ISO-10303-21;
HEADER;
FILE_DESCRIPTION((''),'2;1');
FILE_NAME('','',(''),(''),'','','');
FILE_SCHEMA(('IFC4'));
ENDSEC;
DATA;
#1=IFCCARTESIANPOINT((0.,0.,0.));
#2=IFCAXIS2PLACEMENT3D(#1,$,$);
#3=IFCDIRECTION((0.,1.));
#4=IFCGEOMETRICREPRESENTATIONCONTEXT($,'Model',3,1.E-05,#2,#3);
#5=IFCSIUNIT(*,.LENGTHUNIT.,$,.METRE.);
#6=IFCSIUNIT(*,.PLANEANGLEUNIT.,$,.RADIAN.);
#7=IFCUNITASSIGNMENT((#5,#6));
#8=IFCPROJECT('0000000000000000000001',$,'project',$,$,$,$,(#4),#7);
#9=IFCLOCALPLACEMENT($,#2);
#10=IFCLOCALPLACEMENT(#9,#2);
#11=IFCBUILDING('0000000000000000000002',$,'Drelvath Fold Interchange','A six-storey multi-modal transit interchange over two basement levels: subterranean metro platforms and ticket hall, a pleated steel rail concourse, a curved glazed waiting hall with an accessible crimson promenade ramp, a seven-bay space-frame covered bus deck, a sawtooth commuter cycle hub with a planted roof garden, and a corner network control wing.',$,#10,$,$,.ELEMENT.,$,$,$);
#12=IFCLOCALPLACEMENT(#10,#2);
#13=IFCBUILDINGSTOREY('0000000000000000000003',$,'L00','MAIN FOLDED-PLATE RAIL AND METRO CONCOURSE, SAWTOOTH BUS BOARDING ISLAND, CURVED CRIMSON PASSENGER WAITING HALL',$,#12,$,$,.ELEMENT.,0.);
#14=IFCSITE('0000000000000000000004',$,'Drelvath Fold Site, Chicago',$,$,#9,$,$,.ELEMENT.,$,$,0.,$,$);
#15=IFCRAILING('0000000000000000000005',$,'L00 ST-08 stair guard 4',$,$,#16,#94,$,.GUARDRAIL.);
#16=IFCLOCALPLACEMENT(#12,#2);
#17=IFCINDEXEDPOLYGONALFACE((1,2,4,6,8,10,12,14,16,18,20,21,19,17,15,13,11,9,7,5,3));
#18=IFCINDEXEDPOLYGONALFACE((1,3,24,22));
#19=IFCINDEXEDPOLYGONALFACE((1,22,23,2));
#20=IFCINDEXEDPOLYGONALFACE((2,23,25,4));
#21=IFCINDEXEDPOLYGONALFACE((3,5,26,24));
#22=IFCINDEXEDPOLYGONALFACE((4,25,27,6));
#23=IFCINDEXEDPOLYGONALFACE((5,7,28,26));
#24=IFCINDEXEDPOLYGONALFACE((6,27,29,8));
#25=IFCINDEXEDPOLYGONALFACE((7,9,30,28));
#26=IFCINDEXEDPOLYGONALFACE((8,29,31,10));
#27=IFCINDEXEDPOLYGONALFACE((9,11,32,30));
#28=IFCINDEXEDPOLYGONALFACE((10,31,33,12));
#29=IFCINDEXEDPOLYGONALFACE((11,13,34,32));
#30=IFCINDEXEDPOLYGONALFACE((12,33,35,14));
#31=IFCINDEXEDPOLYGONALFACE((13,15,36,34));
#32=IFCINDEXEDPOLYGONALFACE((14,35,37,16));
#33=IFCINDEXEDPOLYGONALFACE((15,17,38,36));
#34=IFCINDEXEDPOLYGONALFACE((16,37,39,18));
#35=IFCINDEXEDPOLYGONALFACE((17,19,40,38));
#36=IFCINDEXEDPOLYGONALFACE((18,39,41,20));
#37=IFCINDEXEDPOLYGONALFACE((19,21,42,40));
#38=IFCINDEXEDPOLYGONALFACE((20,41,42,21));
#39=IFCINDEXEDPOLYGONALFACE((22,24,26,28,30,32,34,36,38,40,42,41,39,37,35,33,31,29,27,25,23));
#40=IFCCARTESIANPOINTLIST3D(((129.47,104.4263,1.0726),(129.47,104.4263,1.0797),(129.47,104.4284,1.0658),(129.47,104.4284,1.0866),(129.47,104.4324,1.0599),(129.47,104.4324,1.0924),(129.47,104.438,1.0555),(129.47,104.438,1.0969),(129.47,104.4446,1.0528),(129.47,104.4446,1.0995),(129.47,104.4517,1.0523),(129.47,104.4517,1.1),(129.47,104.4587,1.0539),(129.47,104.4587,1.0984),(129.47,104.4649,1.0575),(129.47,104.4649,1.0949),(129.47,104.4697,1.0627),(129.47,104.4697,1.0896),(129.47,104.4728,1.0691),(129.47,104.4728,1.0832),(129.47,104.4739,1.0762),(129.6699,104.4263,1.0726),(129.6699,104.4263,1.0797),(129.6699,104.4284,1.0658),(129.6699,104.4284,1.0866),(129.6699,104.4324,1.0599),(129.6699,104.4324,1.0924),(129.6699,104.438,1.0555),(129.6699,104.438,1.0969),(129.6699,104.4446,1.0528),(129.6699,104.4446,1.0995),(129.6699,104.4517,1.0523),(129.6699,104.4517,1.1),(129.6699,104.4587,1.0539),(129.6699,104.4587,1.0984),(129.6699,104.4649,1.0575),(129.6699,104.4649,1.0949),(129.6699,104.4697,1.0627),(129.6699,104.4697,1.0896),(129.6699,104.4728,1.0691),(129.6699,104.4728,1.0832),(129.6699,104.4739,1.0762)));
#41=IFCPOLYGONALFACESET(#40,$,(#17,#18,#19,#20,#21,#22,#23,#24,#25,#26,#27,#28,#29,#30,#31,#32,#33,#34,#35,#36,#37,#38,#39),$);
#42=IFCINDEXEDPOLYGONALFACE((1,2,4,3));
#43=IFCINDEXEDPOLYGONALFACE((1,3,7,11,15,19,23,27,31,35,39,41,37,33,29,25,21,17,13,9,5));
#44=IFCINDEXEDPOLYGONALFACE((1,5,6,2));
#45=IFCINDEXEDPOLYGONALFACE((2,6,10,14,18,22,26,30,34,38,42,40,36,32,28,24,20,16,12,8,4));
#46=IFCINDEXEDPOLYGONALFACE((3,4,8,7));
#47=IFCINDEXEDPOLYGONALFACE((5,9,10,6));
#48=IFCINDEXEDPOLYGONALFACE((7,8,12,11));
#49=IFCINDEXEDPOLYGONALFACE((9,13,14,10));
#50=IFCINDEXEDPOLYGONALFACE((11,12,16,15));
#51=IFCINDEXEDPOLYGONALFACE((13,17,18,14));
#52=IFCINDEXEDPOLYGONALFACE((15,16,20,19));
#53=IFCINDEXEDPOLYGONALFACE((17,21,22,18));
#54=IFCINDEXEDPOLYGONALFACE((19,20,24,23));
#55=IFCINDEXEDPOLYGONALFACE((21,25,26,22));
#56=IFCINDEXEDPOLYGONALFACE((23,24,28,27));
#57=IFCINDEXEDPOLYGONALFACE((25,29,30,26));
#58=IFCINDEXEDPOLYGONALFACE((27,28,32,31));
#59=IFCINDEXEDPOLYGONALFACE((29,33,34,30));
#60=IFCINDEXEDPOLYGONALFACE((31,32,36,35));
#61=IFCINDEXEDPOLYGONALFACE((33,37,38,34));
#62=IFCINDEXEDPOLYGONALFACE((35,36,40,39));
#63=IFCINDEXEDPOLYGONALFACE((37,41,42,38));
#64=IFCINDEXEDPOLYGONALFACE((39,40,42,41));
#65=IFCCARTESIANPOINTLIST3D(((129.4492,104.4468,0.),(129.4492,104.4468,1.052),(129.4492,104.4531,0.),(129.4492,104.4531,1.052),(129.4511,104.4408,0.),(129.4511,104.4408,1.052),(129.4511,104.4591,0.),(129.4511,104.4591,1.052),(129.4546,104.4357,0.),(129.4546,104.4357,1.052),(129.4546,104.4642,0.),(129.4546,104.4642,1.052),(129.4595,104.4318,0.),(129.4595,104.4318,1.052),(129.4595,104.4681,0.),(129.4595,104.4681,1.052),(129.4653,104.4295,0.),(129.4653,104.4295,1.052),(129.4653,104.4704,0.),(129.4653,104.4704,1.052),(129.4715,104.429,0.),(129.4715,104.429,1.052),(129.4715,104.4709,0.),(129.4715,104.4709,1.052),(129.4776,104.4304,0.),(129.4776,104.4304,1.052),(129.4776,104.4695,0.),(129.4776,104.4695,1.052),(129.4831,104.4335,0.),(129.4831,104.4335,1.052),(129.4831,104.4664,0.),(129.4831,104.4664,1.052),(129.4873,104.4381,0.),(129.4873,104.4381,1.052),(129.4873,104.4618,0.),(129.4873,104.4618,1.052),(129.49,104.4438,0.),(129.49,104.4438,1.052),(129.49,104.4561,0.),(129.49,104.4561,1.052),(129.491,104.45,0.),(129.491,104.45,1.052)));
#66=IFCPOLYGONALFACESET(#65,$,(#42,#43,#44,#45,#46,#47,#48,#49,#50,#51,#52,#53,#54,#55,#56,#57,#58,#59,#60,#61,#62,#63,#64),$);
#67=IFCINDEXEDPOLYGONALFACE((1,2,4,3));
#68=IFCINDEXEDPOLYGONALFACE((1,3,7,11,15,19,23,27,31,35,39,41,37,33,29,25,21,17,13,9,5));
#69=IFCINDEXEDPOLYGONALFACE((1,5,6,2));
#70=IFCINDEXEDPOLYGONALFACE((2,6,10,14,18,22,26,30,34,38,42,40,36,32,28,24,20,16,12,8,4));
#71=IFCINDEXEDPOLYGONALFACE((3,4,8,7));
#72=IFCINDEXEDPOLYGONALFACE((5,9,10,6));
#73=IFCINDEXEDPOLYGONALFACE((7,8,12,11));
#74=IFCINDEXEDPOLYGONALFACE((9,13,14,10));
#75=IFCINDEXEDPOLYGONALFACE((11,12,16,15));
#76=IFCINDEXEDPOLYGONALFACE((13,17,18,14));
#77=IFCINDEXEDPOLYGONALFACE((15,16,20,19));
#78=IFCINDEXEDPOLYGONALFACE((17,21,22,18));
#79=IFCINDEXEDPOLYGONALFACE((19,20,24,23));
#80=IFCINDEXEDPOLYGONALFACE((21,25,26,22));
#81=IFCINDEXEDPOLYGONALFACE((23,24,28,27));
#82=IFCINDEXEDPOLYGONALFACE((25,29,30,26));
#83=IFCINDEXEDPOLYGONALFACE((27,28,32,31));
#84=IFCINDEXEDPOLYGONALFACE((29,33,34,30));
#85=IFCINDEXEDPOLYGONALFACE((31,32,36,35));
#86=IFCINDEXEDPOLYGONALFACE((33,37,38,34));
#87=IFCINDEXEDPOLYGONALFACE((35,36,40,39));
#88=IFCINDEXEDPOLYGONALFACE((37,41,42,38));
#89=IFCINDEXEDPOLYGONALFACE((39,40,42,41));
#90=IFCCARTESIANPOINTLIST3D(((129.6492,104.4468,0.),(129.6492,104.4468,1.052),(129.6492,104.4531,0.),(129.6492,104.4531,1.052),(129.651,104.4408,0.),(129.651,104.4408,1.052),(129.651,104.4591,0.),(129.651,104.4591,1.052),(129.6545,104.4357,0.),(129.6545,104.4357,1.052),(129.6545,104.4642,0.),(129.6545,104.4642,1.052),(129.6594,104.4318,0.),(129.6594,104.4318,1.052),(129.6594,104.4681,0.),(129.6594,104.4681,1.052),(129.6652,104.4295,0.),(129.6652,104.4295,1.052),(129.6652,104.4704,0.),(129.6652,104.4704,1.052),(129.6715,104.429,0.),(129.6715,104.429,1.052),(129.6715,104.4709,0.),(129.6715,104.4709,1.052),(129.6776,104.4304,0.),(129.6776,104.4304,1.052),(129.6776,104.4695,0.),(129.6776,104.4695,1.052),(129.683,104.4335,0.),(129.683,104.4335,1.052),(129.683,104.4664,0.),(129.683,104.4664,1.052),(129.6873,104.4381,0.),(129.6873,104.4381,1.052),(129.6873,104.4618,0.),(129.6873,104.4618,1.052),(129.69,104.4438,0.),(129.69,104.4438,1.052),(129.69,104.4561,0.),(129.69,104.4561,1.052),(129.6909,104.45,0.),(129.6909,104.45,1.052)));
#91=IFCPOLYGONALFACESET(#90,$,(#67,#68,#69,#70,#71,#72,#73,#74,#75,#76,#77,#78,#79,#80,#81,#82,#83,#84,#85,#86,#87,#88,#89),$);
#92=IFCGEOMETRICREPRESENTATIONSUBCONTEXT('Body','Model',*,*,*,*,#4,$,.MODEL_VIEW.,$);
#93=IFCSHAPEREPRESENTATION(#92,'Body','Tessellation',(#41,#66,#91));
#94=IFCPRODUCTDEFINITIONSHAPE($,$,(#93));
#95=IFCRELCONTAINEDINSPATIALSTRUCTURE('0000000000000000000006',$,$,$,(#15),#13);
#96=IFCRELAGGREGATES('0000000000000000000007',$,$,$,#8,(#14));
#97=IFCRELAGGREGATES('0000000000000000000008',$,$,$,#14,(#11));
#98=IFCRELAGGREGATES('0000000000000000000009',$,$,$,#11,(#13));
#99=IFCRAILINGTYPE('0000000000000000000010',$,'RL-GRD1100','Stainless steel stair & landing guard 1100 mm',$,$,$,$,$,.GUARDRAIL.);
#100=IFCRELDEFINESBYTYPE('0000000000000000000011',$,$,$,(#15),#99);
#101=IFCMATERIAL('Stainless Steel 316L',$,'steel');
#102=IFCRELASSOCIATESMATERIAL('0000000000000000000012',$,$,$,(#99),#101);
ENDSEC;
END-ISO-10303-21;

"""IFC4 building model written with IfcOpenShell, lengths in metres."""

from ifc_helpers import new_model, si_unit, direction, frame, origin, origin_2d, place, context, subcontext, project, spatial, circle, extrude, material, type_object, element, save


model = new_model("IFC4")

# Units and contexts
model_context = context("Model", 3, precision=1e-05, world=origin(), true_north=direction((0.0, 1.0)))
body_context = subcontext(model_context, "Body", "Model", "MODEL_VIEW")
ifc_project = project(units=[si_unit("LENGTHUNIT", "METRE"), si_unit("PLANEANGLEUNIT", "RADIAN")], contexts=[model_context])

# Site, building, storey
site_placement = place(None, origin())
site = spatial("IfcSite", under=ifc_project, at=site_placement, Name="Drelvath Fold Site, Chicago", CompositionType="ELEMENT", RefElevation=0.0)
building_placement = place(site_placement, origin())
building = spatial("IfcBuilding", under=site, at=building_placement, Name="Drelvath Fold Interchange", Description="A six-storey multi-modal transit interchange over two basement levels: subterranean metro platforms and ticket hall, a pleated steel rail concourse, a curved glazed waiting hall with an accessible crimson promenade ramp, a seven-bay space-frame covered bus deck, a sawtooth commuter cycle hub with a planted roof garden, and a corner network control wing.", CompositionType="ELEMENT")
storey_placement = place(building_placement, origin())
storey = spatial("IfcBuildingStorey", under=building, at=storey_placement, Name="L00", Description="MAIN FOLDED-PLATE RAIL AND METRO CONCOURSE, SAWTOOTH BUS BOARDING ISLAND, CURVED CRIMSON PASSENGER WAITING HALL", CompositionType="ELEMENT", Elevation=0.0)

# Railing
ifc_material_1 = material(Name="Stainless Steel 316L", Category="steel")
railing_type_1 = type_object("IfcRailingType", Name="RL-GRD1100", Description="Stainless steel stair & landing guard 1100 mm", PredefinedType="GUARDRAIL", material=ifc_material_1)
railing_1_placement = place(storey_placement, frame((129.47, 104.45, 0.0)))
element("IfcRailing", 1, at=railing_1_placement, inside=storey, type_object=railing_type_1, Name="L00 ST-08 stair guard 4", PredefinedType="GUARDRAIL", context=body_context, shape_type="SweptSolid", body=[
    extrude(circle(Radius=0.0239, at=origin_2d()), frame((0.0, 0.0, 1.0762), z_axis=(1.0, 0.0, 0.0), x_axis=(0.0, 1.0, 0.0)), (0.0, 0.0, 1.0), 0.2),
    extrude(circle(Radius=0.021, at=origin_2d()), origin(), (0.0, 0.0, 1.0), 1.052),
    extrude(circle(Radius=0.021, at=origin_2d()), frame((0.2, 0.0, 0.0)), (0.0, 0.0, 1.0), 1.052),
])

save(model, "model.ifc")
